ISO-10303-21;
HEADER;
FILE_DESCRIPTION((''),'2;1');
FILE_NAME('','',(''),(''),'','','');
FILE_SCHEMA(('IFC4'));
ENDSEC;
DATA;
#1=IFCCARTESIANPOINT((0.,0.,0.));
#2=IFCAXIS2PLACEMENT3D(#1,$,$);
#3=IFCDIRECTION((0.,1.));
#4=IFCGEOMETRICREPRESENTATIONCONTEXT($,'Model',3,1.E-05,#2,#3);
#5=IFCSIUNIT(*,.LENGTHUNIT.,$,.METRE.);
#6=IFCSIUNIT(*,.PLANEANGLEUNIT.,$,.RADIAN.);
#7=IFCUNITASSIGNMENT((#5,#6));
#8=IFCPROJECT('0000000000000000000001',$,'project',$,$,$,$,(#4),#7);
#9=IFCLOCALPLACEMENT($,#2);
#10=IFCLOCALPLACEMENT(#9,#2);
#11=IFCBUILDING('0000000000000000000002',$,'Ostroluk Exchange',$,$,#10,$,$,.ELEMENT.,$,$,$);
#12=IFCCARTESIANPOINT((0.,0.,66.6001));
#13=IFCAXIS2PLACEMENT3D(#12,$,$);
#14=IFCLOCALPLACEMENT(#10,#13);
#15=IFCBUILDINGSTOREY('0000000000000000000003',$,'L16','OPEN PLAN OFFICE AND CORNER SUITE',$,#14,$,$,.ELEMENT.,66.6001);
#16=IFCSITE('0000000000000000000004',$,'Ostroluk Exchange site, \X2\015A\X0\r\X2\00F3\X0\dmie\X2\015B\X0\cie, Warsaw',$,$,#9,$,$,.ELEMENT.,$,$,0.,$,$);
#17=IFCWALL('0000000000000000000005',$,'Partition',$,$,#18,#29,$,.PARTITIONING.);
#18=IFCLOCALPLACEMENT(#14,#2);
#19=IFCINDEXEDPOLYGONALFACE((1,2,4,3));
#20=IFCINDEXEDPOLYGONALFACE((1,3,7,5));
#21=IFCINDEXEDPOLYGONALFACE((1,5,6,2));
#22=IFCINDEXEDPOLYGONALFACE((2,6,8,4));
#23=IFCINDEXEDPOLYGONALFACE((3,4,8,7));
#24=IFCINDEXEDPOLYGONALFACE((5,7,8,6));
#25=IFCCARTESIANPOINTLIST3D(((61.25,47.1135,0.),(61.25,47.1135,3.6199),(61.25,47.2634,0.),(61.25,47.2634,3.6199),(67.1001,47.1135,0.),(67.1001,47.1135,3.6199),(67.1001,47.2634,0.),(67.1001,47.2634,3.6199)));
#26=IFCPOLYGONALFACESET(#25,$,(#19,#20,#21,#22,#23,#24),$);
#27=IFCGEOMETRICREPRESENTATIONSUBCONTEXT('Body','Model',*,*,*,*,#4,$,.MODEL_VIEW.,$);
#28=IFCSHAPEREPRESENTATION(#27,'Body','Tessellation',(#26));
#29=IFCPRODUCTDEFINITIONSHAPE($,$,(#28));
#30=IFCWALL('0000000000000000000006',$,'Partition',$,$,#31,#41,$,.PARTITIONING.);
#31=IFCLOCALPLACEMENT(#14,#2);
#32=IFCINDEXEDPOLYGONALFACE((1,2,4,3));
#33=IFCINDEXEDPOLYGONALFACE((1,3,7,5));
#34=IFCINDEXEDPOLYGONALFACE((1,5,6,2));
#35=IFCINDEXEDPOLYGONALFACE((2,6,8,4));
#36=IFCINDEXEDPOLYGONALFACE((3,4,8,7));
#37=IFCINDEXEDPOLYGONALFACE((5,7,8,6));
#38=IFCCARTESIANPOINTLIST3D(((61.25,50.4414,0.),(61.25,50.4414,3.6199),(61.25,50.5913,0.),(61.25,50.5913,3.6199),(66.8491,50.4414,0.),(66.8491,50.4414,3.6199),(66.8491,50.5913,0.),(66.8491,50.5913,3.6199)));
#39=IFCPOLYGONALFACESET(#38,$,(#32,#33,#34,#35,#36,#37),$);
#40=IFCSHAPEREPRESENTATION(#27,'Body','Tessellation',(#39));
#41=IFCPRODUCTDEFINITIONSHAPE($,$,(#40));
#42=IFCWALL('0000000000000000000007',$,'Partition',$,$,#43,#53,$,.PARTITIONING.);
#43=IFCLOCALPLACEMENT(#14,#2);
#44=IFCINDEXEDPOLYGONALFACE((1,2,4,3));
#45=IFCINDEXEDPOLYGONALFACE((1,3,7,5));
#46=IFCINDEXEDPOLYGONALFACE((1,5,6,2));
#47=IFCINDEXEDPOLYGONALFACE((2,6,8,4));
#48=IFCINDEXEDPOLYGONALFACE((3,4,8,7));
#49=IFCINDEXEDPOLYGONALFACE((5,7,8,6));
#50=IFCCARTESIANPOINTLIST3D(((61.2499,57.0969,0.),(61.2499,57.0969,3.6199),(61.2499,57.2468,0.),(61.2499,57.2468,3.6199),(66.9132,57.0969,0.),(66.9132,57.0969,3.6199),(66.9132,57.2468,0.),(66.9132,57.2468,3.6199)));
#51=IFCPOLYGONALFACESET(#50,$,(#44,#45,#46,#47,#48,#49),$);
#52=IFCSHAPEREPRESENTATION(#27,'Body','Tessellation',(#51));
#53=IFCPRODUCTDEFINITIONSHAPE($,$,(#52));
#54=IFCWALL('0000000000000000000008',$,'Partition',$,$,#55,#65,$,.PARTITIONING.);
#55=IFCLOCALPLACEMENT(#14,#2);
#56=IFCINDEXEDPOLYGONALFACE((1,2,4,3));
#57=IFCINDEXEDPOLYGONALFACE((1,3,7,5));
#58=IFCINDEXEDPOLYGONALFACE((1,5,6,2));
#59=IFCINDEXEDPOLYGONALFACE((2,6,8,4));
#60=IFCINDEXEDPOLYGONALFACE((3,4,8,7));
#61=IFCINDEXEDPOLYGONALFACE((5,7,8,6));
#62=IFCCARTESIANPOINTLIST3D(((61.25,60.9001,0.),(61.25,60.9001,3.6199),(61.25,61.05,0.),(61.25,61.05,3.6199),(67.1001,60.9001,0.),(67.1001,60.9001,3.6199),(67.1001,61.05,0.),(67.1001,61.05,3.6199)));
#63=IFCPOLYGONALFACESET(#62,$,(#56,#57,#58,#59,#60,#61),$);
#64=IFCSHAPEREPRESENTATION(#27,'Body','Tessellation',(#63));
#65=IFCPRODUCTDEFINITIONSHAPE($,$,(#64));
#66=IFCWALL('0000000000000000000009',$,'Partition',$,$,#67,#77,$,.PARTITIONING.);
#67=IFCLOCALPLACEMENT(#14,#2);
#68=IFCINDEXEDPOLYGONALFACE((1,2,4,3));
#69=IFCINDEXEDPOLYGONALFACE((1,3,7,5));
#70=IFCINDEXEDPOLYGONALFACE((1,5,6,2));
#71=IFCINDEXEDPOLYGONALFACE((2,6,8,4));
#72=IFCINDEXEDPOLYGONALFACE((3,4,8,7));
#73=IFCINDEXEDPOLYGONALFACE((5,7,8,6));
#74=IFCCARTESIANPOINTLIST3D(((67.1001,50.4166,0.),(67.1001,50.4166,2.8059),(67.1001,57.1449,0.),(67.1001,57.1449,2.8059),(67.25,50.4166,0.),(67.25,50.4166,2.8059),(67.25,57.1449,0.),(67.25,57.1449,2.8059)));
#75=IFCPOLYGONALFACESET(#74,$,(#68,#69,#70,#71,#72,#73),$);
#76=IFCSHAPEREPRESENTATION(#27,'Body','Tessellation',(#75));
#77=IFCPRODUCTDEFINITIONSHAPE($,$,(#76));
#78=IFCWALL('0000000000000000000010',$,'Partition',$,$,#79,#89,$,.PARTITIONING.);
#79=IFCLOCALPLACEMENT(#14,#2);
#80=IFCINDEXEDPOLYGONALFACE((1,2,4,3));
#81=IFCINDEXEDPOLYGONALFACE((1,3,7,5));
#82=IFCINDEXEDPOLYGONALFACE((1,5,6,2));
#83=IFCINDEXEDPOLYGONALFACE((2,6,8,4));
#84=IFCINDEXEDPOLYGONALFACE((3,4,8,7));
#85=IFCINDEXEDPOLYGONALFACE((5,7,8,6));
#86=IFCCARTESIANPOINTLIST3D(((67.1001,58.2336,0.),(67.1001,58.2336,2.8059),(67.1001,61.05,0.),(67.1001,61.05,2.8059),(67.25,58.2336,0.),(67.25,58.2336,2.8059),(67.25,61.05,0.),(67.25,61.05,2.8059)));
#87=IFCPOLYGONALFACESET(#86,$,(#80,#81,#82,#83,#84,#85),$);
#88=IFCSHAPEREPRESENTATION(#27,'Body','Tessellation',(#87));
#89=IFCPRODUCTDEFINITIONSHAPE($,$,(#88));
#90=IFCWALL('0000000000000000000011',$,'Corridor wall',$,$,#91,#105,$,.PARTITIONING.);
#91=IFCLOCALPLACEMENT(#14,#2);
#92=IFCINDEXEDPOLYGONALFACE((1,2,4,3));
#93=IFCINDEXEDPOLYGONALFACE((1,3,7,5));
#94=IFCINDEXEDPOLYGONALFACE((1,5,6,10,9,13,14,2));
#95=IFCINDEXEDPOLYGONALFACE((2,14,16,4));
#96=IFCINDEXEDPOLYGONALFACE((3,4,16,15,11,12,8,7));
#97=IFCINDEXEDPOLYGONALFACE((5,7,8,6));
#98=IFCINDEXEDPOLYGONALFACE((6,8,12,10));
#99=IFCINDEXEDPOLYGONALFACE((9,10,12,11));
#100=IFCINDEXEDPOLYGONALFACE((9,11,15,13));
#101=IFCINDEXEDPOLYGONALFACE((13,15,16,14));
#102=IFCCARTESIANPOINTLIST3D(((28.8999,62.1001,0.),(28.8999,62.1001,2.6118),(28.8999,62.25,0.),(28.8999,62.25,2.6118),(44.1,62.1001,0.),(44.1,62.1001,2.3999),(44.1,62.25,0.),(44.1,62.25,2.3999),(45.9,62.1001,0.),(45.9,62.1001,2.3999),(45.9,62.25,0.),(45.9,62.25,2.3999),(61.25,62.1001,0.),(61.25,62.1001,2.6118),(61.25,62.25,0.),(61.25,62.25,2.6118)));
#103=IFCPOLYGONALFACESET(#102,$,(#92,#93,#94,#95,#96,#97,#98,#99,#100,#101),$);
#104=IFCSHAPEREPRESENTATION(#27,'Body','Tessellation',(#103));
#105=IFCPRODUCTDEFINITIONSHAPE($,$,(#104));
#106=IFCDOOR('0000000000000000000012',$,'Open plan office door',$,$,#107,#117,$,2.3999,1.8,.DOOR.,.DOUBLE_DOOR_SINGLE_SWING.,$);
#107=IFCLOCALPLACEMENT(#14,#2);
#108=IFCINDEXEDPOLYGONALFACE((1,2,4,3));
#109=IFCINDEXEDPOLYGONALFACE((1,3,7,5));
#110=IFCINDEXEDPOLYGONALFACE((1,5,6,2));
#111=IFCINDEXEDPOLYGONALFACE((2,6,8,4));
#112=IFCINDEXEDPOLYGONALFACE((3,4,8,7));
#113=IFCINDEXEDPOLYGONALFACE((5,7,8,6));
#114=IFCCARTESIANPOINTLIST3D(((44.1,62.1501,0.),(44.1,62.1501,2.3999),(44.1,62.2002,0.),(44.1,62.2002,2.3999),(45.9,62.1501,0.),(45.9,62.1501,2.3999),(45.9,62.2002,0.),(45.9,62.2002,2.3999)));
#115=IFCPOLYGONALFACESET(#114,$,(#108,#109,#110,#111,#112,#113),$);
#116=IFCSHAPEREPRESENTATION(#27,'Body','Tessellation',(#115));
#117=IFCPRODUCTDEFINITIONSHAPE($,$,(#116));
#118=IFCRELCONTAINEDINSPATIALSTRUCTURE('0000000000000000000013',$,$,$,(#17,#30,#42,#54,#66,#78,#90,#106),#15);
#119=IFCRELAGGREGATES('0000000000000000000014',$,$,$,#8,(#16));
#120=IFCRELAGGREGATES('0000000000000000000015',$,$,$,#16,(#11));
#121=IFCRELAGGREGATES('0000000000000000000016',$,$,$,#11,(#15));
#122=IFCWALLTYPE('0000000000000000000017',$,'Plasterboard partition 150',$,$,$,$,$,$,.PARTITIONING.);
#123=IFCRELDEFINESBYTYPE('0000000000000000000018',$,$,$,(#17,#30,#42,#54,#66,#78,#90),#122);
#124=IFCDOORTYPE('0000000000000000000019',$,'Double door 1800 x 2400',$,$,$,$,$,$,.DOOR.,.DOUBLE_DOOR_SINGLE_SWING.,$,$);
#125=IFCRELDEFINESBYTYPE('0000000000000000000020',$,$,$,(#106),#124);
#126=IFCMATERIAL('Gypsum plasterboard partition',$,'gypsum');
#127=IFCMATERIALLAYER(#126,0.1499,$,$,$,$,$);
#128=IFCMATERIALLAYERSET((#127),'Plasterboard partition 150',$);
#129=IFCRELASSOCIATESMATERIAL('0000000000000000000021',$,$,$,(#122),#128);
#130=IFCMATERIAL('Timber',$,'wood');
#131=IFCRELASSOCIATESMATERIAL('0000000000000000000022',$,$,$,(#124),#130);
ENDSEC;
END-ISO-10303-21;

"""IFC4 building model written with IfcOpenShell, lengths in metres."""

from ifc_helpers import new_model, si_unit, direction, frame, frame_2d, origin, place, context, subcontext, project, spatial, rectangle, extrude, material, layer, layer_set, type_object, element, fill, save


model = new_model("IFC4")

# Units and contexts
model_context = context("Model", 3, precision=1e-05, world=origin(), true_north=direction((0.0, 1.0)))
body_context = subcontext(model_context, "Body", "Model", "MODEL_VIEW")
ifc_project = project(units=[si_unit("LENGTHUNIT", "METRE"), si_unit("PLANEANGLEUNIT", "RADIAN")], contexts=[model_context])

# Site, building, storey
site_placement = place(None, origin())
site = spatial("IfcSite", under=ifc_project, at=site_placement, Name="Ostroluk Exchange site, Śródmieście, Warsaw", CompositionType="ELEMENT", RefElevation=0.0)
building_placement = place(site_placement, origin())
building = spatial("IfcBuilding", under=site, at=building_placement, Name="Ostroluk Exchange", CompositionType="ELEMENT")
storey_placement = place(building_placement, frame((0.0, 0.0, 66.6001)))
storey = spatial("IfcBuildingStorey", under=building, at=storey_placement, Name="L16", Description="OPEN PLAN OFFICE AND CORNER SUITE", CompositionType="ELEMENT", Elevation=66.6001)

# Walls
ifc_material_1 = material(Name="Gypsum plasterboard partition", Category="gypsum")
ifc_layer_1 = layer(ifc_material_1, 0.1499)
ifc_layer_set_1 = layer_set([ifc_layer_1], Name="Plasterboard partition 150")
wall_type_1 = type_object("IfcWallType", Name="Plasterboard partition 150", PredefinedType="PARTITIONING", material=ifc_layer_set_1)
wall_1_placement = place(storey_placement, frame((61.25, 47.1885, 0.0), z_axis=(0.0, 0.0, 1.0), x_axis=(1.0, 0.0, 0.0)))
element("IfcWall", 1, at=wall_1_placement, inside=storey, type_object=wall_type_1, Name="Partition", PredefinedType="PARTITIONING", context=body_context, shape_type="SweptSolid", body=[
    extrude(rectangle(XDim=5.8501, YDim=0.1499, at=frame_2d((2.925, 0.0))), origin(), (0.0, 0.0, 1.0), 3.6199),
])
wall_2_placement = place(storey_placement, frame((61.25, 50.5164, 0.0), z_axis=(0.0, 0.0, 1.0), x_axis=(1.0, 0.0, 0.0)))
element("IfcWall", 2, at=wall_2_placement, inside=storey, type_object=wall_type_1, Name="Partition", PredefinedType="PARTITIONING", context=body_context, shape_type="SweptSolid", body=[
    extrude(rectangle(XDim=5.5991, YDim=0.1499, at=frame_2d((2.7996, 0.0))), origin(), (0.0, 0.0, 1.0), 3.6199),
])
wall_3_placement = place(storey_placement, frame((61.25, 57.1719, 0.0), z_axis=(0.0, 0.0, 1.0), x_axis=(1.0, 0.0, 0.0)))
element("IfcWall", 3, at=wall_3_placement, inside=storey, type_object=wall_type_1, Name="Partition", PredefinedType="PARTITIONING", context=body_context, shape_type="SweptSolid", body=[
    extrude(rectangle(XDim=5.6633, YDim=0.1499, at=frame_2d((2.8315, 0.0))), origin(), (0.0, 0.0, 1.0), 3.6199),
])
wall_4_placement = place(storey_placement, frame((61.25, 60.9751, 0.0), z_axis=(0.0, 0.0, 1.0), x_axis=(1.0, 0.0, 0.0)))
element("IfcWall", 4, at=wall_4_placement, inside=storey, type_object=wall_type_1, Name="Partition", PredefinedType="PARTITIONING", context=body_context, shape_type="SweptSolid", body=[
    extrude(rectangle(XDim=5.8501, YDim=0.1499, at=frame_2d((2.925, 0.0))), origin(), (0.0, 0.0, 1.0), 3.6199),
])
wall_5_placement = place(storey_placement, frame((67.175, 50.4165, 0.0), z_axis=(0.0, 0.0, 1.0), x_axis=(0.0, 1.0, 0.0)))
element("IfcWall", 5, at=wall_5_placement, inside=storey, type_object=wall_type_1, Name="Partition", PredefinedType="PARTITIONING", context=body_context, shape_type="SweptSolid", body=[
    extrude(rectangle(XDim=6.7283, YDim=0.1499, at=frame_2d((3.3643, 0.0))), origin(), (0.0, 0.0, 1.0), 2.8059),
])
wall_6_placement = place(storey_placement, frame((67.175, 58.2336, 0.0), z_axis=(0.0, 0.0, 1.0), x_axis=(0.0, 1.0, 0.0)))
element("IfcWall", 6, at=wall_6_placement, inside=storey, type_object=wall_type_1, Name="Partition", PredefinedType="PARTITIONING", context=body_context, shape_type="SweptSolid", body=[
    extrude(rectangle(XDim=2.8164, YDim=0.1499, at=frame_2d((1.4082, 0.0))), origin(), (0.0, 0.0, 1.0), 2.8059),
])

# Wall, opening, door
wall_7_placement = place(storey_placement, frame((61.25, 62.175, 0.0), z_axis=(0.0, 0.0, 1.0), x_axis=(-1.0, 0.0, 0.0)))
wall_7 = element("IfcWall", 7, at=wall_7_placement, inside=storey, type_object=wall_type_1, Name="Corridor wall", PredefinedType="PARTITIONING", context=body_context, shape_type="SweptSolid", body=[
    extrude(rectangle(XDim=32.3501, YDim=0.1499, at=frame_2d((16.175, 0.0))), origin(), (0.0, 0.0, 1.0), 2.6118),
])
opening_placement = place(wall_7_placement, frame((15.3501, 0.0, 0.0)))
opening = element("IfcOpeningElement", 8, at=opening_placement, cuts=wall_7, PredefinedType="OPENING", context=body_context, shape_type="SweptSolid", body=[
    extrude(rectangle(XDim=1.8, YDim=2.3999, at=frame_2d((0.8999, 1.2))), frame((0.0, 0.085, 0.0), z_axis=(0.0, -1.0, 0.0), x_axis=(1.0, 0.0, 0.0)), (0.0, 0.0, 1.0), 0.1699),
])
ifc_material_2 = material(Name="Timber", Category="wood")
door_type = type_object("IfcDoorType", Name="Double door 1800 x 2400", OperationType="DOUBLE_DOOR_SINGLE_SWING", PredefinedType="DOOR", material=ifc_material_2)
door_placement = place(opening_placement, origin())
door = element("IfcDoor", 9, at=door_placement, inside=storey, type_object=door_type, Name="Open plan office door", OperationType="DOUBLE_DOOR_SINGLE_SWING", OverallHeight=2.3999, OverallWidth=1.8, PredefinedType="DOOR", context=body_context, shape_type="SweptSolid", body=[
    extrude(rectangle(XDim=1.8, YDim=2.3999, at=frame_2d((0.8999, 1.2))), frame((0.0, 0.0249, 0.0), z_axis=(0.0, -1.0, 0.0), x_axis=(1.0, 0.0, 0.0)), (0.0, 0.0, 1.0), 0.05),
])
fill(opening, door)

save(model, "model.ifc")
